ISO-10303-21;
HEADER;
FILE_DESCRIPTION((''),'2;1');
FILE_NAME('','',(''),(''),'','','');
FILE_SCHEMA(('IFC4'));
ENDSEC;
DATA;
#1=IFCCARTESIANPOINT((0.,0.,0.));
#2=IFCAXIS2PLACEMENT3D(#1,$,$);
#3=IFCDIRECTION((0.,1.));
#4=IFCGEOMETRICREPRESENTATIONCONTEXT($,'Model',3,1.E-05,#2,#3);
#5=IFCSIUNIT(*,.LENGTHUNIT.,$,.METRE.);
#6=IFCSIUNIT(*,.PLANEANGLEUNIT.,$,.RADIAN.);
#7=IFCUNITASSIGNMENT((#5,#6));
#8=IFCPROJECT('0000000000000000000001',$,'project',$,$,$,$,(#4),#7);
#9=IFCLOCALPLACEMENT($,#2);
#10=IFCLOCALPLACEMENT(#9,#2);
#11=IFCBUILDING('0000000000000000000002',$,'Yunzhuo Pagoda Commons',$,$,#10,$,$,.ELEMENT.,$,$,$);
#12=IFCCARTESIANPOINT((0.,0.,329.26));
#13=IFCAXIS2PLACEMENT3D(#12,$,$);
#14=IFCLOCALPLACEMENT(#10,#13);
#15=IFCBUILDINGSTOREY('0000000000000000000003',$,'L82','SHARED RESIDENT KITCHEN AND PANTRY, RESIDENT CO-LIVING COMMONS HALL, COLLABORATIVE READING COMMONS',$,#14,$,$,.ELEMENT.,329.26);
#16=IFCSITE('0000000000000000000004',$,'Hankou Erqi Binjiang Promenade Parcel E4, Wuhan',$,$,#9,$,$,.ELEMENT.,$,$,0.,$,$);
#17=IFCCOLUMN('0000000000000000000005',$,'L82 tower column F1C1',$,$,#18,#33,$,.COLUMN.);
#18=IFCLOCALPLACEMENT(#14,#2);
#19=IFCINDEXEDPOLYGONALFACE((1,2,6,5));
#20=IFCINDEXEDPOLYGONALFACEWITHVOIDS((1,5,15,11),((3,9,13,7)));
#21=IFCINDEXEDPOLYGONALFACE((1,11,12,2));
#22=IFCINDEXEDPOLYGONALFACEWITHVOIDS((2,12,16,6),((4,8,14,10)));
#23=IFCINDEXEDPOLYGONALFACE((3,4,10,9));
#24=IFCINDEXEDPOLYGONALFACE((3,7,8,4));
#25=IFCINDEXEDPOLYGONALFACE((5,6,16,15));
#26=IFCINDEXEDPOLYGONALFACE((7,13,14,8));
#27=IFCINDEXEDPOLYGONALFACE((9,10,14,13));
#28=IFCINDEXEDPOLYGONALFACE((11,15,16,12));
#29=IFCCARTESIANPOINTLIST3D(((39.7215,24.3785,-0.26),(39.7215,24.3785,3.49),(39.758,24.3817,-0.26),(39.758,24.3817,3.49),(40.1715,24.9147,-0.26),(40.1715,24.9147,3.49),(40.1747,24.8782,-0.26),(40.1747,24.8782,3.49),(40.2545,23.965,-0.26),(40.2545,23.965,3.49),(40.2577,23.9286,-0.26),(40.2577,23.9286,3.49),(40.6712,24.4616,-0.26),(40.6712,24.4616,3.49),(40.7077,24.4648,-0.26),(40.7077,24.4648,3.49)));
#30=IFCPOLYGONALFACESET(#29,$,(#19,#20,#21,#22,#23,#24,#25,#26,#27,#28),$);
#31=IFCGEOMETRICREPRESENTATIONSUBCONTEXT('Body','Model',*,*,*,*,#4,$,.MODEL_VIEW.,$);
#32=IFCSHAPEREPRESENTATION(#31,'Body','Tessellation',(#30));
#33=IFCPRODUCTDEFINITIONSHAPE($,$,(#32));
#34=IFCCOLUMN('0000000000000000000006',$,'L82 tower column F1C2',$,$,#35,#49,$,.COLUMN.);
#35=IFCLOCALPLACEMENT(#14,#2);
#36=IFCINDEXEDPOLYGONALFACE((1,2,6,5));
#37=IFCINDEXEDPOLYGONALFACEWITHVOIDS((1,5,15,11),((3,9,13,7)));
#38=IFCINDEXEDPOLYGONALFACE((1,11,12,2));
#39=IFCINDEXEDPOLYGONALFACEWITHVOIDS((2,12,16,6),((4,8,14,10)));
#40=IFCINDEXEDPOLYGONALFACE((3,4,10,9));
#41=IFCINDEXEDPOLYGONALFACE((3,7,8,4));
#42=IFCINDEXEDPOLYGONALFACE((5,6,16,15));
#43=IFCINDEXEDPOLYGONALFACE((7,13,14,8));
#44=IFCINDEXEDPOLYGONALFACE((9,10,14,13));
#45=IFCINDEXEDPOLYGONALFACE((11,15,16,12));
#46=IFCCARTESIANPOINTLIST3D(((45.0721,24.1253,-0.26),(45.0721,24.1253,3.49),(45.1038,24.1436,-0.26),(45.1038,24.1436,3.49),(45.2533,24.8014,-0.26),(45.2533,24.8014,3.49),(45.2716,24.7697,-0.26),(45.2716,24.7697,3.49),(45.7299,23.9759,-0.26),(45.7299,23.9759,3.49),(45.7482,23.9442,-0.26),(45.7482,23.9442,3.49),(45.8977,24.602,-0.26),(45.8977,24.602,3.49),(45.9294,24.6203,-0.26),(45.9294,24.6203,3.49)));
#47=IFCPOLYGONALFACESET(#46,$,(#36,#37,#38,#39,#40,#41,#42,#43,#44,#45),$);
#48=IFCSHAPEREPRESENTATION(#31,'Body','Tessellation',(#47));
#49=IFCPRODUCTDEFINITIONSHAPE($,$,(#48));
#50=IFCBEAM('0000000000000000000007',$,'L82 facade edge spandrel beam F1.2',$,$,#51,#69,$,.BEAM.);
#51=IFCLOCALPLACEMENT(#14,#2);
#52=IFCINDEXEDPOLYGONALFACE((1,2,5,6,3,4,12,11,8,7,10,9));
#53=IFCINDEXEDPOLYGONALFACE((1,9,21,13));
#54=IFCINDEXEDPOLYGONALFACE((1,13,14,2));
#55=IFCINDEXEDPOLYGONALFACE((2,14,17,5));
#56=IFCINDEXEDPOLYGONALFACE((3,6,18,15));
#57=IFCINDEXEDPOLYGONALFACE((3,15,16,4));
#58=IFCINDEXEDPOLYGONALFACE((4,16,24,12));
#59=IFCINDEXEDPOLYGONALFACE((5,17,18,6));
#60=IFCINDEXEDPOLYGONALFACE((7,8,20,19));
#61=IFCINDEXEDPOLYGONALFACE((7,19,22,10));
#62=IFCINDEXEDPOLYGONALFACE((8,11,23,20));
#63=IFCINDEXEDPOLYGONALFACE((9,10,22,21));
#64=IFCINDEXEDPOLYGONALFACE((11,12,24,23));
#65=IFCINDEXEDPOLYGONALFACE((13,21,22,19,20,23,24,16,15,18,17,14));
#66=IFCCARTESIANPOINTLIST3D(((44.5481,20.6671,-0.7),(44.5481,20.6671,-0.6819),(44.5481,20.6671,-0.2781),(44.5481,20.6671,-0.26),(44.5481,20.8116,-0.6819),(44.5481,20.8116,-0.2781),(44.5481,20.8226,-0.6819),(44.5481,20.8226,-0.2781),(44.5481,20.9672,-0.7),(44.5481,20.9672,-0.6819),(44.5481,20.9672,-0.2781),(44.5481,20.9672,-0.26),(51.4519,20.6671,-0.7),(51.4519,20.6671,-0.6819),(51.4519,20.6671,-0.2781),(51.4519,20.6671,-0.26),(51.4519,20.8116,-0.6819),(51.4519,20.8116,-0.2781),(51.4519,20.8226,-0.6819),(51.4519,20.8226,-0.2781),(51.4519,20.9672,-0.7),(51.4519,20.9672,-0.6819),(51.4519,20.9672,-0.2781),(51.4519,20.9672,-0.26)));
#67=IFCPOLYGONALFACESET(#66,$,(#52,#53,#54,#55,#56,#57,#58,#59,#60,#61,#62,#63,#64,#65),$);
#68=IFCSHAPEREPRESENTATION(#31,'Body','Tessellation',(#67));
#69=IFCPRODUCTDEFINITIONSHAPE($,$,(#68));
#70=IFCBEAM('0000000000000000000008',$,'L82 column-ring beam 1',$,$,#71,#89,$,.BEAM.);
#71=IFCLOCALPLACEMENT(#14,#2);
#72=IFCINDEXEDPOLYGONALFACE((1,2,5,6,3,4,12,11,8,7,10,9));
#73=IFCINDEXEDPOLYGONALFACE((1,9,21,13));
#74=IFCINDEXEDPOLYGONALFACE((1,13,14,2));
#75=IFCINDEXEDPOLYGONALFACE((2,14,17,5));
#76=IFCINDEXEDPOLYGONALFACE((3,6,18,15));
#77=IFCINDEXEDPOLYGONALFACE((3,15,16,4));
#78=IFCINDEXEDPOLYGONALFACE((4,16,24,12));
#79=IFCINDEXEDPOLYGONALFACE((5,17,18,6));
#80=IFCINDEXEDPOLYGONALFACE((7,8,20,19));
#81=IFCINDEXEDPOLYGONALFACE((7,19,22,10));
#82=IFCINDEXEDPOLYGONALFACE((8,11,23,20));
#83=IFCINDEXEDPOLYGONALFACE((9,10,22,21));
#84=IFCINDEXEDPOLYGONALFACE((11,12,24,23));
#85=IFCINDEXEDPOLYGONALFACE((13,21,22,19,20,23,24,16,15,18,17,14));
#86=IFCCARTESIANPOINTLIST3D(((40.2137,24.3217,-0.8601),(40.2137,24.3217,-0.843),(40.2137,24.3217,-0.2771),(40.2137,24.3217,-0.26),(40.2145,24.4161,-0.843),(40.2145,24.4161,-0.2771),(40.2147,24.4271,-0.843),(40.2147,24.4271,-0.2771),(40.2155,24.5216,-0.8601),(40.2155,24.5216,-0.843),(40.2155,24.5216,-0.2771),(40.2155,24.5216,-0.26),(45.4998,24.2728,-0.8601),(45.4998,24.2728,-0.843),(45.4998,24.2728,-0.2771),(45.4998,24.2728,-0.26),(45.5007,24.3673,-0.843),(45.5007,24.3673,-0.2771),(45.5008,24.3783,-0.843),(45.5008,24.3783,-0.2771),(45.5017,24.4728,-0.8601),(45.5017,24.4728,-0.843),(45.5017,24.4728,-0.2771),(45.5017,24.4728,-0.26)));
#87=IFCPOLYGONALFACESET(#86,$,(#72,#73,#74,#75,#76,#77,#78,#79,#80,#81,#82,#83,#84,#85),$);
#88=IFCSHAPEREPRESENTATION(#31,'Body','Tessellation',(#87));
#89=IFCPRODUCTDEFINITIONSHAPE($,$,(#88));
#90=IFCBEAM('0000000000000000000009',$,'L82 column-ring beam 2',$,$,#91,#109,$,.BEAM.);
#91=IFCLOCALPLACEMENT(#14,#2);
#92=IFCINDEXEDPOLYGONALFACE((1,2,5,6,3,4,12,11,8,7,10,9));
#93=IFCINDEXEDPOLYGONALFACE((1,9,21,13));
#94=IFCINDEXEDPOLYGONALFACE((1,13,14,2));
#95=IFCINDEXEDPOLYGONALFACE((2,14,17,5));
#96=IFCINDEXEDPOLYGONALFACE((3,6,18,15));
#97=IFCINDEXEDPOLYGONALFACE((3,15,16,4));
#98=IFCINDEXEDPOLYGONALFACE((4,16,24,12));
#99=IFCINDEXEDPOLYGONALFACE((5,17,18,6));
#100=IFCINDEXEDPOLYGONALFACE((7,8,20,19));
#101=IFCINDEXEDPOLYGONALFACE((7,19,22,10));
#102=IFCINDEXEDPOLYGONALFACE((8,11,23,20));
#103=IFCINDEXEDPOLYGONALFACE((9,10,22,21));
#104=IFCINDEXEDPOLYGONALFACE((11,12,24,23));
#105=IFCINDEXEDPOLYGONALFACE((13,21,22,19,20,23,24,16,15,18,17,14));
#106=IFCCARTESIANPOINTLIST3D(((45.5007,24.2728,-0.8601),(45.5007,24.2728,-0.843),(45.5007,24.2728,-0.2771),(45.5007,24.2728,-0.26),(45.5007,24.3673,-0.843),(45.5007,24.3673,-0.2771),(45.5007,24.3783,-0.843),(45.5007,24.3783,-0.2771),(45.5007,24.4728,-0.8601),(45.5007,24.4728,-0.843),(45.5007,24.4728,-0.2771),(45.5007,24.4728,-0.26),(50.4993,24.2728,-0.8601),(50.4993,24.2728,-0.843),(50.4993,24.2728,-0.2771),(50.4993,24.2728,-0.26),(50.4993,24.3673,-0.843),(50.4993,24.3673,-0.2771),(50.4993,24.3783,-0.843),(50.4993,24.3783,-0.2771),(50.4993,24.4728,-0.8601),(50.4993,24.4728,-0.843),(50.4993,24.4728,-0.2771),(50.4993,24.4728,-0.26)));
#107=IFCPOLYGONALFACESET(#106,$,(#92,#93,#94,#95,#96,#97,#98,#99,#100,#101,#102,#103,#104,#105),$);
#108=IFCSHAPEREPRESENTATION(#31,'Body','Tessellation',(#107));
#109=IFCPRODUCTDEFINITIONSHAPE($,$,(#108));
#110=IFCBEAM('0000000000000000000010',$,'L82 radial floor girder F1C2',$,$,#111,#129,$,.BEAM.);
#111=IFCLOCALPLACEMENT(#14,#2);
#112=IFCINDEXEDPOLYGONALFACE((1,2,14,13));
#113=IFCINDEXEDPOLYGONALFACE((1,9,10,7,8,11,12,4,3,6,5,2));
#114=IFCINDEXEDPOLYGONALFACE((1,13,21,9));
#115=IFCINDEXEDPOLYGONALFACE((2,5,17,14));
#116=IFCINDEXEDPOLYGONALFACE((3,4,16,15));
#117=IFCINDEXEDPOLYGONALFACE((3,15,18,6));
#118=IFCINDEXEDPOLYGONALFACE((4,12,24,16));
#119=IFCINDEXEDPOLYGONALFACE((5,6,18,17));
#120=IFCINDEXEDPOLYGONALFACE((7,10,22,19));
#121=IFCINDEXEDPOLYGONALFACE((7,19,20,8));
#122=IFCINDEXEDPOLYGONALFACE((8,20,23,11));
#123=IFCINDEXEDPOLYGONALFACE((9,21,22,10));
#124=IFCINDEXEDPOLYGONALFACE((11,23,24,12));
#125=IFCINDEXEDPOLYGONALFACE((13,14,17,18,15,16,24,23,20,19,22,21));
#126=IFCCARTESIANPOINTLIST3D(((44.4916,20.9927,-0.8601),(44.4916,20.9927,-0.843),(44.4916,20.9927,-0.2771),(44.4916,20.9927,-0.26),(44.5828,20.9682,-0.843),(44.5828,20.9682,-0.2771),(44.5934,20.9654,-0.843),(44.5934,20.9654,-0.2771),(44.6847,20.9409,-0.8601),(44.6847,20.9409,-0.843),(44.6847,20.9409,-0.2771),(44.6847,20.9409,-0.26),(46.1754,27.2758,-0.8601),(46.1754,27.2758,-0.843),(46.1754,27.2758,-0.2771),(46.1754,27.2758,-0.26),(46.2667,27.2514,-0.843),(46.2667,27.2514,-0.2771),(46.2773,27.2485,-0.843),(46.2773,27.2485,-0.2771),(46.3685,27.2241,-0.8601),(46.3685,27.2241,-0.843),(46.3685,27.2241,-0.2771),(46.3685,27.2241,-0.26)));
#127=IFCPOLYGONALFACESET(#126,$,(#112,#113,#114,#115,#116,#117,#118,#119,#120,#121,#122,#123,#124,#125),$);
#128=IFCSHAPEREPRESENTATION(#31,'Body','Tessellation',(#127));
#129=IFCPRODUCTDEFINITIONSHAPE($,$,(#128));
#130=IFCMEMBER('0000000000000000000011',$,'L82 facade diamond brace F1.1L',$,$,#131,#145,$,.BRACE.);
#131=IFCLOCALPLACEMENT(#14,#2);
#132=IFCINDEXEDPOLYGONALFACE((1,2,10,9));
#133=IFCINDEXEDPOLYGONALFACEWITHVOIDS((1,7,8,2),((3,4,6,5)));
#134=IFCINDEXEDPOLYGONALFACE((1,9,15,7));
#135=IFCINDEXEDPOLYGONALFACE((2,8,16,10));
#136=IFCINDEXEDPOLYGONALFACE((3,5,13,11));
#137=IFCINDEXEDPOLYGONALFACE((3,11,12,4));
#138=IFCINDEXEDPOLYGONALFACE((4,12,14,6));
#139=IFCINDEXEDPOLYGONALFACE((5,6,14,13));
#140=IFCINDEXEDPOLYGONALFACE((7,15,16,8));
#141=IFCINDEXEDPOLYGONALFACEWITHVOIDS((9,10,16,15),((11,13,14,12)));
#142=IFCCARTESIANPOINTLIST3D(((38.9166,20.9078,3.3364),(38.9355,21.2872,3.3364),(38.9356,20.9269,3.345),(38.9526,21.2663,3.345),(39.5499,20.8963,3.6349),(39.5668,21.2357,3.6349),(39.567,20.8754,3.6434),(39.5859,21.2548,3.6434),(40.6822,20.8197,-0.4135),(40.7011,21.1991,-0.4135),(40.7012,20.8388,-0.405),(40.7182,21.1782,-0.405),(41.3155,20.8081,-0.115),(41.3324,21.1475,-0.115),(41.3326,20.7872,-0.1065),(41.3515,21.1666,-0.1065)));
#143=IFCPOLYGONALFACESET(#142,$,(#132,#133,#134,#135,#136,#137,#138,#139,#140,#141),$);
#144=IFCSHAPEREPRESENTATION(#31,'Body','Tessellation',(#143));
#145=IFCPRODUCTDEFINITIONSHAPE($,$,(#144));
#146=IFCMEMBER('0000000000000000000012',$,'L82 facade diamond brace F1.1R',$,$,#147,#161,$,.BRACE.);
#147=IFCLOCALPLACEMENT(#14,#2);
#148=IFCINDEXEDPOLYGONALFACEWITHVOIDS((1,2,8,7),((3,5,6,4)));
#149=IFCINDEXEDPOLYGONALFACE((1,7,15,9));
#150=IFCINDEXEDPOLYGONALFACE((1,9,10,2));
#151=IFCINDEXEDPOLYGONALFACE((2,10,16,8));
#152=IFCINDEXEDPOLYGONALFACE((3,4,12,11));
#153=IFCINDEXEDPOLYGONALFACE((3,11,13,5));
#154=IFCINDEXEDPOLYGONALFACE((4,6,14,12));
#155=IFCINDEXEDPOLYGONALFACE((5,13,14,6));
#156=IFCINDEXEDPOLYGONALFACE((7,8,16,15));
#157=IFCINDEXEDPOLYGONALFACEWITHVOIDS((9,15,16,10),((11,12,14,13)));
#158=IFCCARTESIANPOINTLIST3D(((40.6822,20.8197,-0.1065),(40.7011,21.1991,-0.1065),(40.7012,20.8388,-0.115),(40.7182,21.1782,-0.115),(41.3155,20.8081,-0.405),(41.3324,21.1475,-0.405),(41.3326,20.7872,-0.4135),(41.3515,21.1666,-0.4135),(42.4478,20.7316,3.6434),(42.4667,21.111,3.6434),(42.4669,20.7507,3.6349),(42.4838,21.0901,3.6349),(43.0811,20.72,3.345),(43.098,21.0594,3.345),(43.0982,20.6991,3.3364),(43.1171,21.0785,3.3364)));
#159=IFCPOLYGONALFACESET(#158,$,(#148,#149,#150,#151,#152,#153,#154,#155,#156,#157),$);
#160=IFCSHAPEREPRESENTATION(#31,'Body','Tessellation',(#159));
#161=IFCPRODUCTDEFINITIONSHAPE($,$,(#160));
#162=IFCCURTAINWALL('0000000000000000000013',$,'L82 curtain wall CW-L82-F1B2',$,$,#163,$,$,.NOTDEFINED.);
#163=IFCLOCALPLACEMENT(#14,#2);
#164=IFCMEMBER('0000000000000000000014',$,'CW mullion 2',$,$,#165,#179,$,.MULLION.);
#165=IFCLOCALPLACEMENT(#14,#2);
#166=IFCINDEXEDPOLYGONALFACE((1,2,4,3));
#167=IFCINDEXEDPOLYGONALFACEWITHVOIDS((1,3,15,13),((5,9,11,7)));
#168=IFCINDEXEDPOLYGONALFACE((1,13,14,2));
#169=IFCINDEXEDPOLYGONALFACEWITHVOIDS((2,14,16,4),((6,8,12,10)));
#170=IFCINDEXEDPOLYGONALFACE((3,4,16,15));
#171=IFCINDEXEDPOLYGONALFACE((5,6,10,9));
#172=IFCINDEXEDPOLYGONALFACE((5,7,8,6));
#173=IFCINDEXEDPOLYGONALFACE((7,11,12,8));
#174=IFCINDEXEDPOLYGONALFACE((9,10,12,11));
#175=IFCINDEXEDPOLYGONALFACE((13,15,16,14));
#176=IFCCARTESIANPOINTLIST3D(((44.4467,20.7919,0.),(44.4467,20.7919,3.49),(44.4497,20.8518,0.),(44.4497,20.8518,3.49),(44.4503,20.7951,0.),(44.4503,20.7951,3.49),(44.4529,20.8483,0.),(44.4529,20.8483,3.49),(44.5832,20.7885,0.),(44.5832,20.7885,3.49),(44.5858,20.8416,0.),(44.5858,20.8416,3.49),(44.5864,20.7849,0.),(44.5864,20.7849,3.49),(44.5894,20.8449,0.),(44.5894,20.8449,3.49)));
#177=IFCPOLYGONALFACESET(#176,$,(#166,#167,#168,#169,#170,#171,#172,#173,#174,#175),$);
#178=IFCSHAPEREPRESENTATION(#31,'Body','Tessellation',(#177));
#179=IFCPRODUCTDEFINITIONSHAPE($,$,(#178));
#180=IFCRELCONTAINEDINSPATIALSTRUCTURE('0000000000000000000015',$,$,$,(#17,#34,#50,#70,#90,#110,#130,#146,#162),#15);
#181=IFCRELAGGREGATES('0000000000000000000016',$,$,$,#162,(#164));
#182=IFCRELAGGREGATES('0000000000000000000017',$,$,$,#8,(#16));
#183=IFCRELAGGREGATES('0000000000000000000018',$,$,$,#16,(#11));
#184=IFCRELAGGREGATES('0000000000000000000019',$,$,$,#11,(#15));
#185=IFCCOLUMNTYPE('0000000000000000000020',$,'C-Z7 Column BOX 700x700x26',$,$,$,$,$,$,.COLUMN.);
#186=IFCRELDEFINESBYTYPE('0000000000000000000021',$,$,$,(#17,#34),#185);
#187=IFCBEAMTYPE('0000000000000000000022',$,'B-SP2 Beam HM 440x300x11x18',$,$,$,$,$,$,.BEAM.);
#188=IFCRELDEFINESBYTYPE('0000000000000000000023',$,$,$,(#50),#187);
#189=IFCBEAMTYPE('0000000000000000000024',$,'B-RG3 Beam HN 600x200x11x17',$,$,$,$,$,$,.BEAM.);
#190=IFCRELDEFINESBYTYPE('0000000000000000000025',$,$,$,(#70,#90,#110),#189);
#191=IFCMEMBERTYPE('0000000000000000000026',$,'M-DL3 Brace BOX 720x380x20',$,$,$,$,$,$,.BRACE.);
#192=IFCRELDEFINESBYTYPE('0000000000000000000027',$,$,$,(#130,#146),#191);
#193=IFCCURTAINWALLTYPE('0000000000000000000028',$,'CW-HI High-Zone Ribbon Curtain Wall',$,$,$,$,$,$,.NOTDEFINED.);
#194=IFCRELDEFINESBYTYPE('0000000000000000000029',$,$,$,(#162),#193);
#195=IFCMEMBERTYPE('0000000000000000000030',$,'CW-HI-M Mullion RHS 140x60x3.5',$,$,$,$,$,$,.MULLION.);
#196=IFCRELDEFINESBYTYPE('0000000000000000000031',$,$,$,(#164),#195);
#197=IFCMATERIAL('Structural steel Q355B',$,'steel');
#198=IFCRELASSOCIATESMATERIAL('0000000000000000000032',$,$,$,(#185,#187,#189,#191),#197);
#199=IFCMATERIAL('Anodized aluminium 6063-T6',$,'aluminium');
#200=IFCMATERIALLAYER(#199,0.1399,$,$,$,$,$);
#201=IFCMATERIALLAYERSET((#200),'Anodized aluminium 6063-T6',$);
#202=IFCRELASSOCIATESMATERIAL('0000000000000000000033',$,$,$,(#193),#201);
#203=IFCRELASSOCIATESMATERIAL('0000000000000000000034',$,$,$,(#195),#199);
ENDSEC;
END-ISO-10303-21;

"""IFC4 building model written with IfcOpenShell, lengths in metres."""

from ifc_helpers import new_model, si_unit, direction, frame, origin, origin_2d, place, context, subcontext, project, spatial, hollow_rectangle, i_section, extrude, source, transform, mapped, material, layer, layer_set, material_profile, profile_set, type_object, element, aggregate, save


model = new_model("IFC4")

# Units and contexts
model_context = context("Model", 3, precision=1e-05, world=origin(), true_north=direction((0.0, 1.0)))
body_context = subcontext(model_context, "Body", "Model", "MODEL_VIEW")
ifc_project = project(units=[si_unit("LENGTHUNIT", "METRE"), si_unit("PLANEANGLEUNIT", "RADIAN")], contexts=[model_context])

# Site, building, storey
site_placement = place(None, origin())
site = spatial("IfcSite", under=ifc_project, at=site_placement, Name="Hankou Erqi Binjiang Promenade Parcel E4, Wuhan", CompositionType="ELEMENT", RefElevation=0.0)
building_placement = place(site_placement, origin())
building = spatial("IfcBuilding", under=site, at=building_placement, Name="Yunzhuo Pagoda Commons", CompositionType="ELEMENT")
storey_placement = place(building_placement, frame((0.0, 0.0, 329.26)))
storey = spatial("IfcBuildingStorey", under=building, at=storey_placement, Name="L82", Description="SHARED RESIDENT KITCHEN AND PANTRY, RESIDENT CO-LIVING COMMONS HALL, COLLABORATIVE READING COMMONS", CompositionType="ELEMENT", Elevation=329.26)

# Columns
ifc_material_1 = material(Name="Structural steel Q355B", Category="steel")
ifc_material_profile_1 = material_profile(ifc_material_1, hollow_rectangle(XDim=0.7, YDim=0.7, WallThickness=0.0259, at=origin_2d()), Name="Structural steel Q355B")
ifc_profile_set_1 = profile_set([ifc_material_profile_1], Name="Structural steel Q355B")
column_type = type_object("IfcColumnType", Name="C-Z7 Column BOX 700x700x26", PredefinedType="COLUMN", material=ifc_profile_set_1)
shared_shape_1 = source(origin(), body_context, "Body", "SweptSolid", [
    extrude(hollow_rectangle(XDim=0.7, YDim=0.7, WallThickness=0.0259, at=origin_2d()), origin(), (0.0, 0.0, 1.0), 3.75),
])
for number, where, z_axis, x_axis, name in (
    (1, (40.2146, 24.4216, -0.26), (0.0, 0.0, 1.0), (0.766044, -0.642788, 0.0), "L82 tower column F1C1"),
    (2, (45.5007, 24.3728, -0.26), (0.0, 0.0, 1.0), (0.965926, -0.258819, 0.0), "L82 tower column F1C2"),
):
    element("IfcColumn", number, at=place(storey_placement, frame(where, z_axis=z_axis, x_axis=x_axis)), inside=storey, type_object=column_type, Name=name, PredefinedType="COLUMN", context=body_context, shape_type="MappedRepresentation", body=[
        mapped(shared_shape_1, transform((0.0, 0.0, 0.0), scale=1.0)),
    ])

# Beams
ifc_material_profile_2 = material_profile(ifc_material_1, i_section(OverallWidth=0.3, OverallDepth=0.4399, WebThickness=0.011, FlangeThickness=0.0181, at=origin_2d()), Name="Structural steel Q355B")
ifc_profile_set_2 = profile_set([ifc_material_profile_2], Name="Structural steel Q355B")
beam_type_1 = type_object("IfcBeamType", Name="B-SP2 Beam HM 440x300x11x18", PredefinedType="BEAM", material=ifc_profile_set_2)
shared_shape_2 = source(origin(), body_context, "Body", "SweptSolid", [
    extrude(i_section(OverallWidth=0.3, OverallDepth=0.4399, WebThickness=0.011, FlangeThickness=0.0181, at=origin_2d()), origin(), (0.0, 0.0, 1.0), 6.9038),
])
beam_1_placement = place(storey_placement, frame((44.5481, 20.8171, -0.48), z_axis=(1.0, 0.0, 0.0), x_axis=(0.0, 1.0, 0.0)))
element("IfcBeam", 3, at=beam_1_placement, inside=storey, type_object=beam_type_1, Name="L82 facade edge spandrel beam F1.2", PredefinedType="BEAM", context=body_context, shape_type="MappedRepresentation", body=[
    mapped(shared_shape_2, transform((0.0, 0.0, 0.0), scale=1.0)),
])
ifc_material_profile_3 = material_profile(ifc_material_1, i_section(OverallWidth=0.2, OverallDepth=0.6001, WebThickness=0.011, FlangeThickness=0.0171, at=origin_2d()), Name="Structural steel Q355B")
ifc_profile_set_3 = profile_set([ifc_material_profile_3], Name="Structural steel Q355B")
beam_type_2 = type_object("IfcBeamType", Name="B-RG3 Beam HN 600x200x11x17", PredefinedType="BEAM", material=ifc_profile_set_3)
shared_shape_3 = source(origin(), body_context, "Body", "SweptSolid", [
    extrude(i_section(OverallWidth=0.2, OverallDepth=0.6001, WebThickness=0.011, FlangeThickness=0.0171, at=origin_2d()), origin(), (0.0, 0.0, 1.0), 5.2864),
])
beam_2_placement = place(storey_placement, frame((40.2146, 24.4216, -0.5601), z_axis=(0.999957, -0.009237, 0.0), x_axis=(0.009237, 0.999957, 0.0)))
element("IfcBeam", 4, at=beam_2_placement, inside=storey, type_object=beam_type_2, Name="L82 column-ring beam 1", PredefinedType="BEAM", context=body_context, shape_type="MappedRepresentation", body=[
    mapped(shared_shape_3, transform((0.0, 0.0, 0.0), scale=1.0)),
])
shared_shape_4 = source(origin(), body_context, "Body", "SweptSolid", [
    extrude(i_section(OverallWidth=0.2, OverallDepth=0.6001, WebThickness=0.011, FlangeThickness=0.0171, at=origin_2d()), origin(), (0.0, 0.0, 1.0), 4.9985),
])
beam_3_placement = place(storey_placement, frame((45.5007, 24.3728, -0.5601), z_axis=(1.0, 0.0, 0.0), x_axis=(0.0, 1.0, 0.0)))
element("IfcBeam", 5, at=beam_3_placement, inside=storey, type_object=beam_type_2, Name="L82 column-ring beam 2", PredefinedType="BEAM", context=body_context, shape_type="MappedRepresentation", body=[
    mapped(shared_shape_4, transform((0.0, 0.0, 0.0), scale=1.0)),
])
shared_shape_5 = source(origin(), body_context, "Body", "SweptSolid", [
    extrude(i_section(OverallWidth=0.2, OverallDepth=0.6001, WebThickness=0.011, FlangeThickness=0.0171, at=origin_2d()), origin(), (0.0, 0.0, 1.0), 6.5049),
])
beam_4_placement = place(storey_placement, frame((44.5881, 20.9668, -0.5601), z_axis=(0.258856, 0.965916, 0.0), x_axis=(-0.965916, 0.258856, 0.0)))
element("IfcBeam", 6, at=beam_4_placement, inside=storey, type_object=beam_type_2, Name="L82 radial floor girder F1C2", PredefinedType="BEAM", context=body_context, shape_type="MappedRepresentation", body=[
    mapped(shared_shape_5, transform((0.0, 0.0, 0.0), scale=1.0)),
])

# Members
ifc_material_profile_4 = material_profile(ifc_material_1, hollow_rectangle(XDim=0.3799, YDim=0.72, WallThickness=0.02, at=origin_2d()), Name="Structural steel Q355B")
ifc_profile_set_4 = profile_set([ifc_material_profile_4], Name="Structural steel Q355B")
member_type_1 = type_object("IfcMemberType", Name="M-DL3 Brace BOX 720x380x20", PredefinedType="BRACE", material=ifc_profile_set_4)
shared_shape_6 = source(origin(), body_context, "Body", "SweptSolid", [
    extrude(hollow_rectangle(XDim=0.3799, YDim=0.72, WallThickness=0.02, at=origin_2d()), origin(), (0.0, 0.0, 1.0), 4.1458),
])
for number, where, z_axis, x_axis, name in (
    (7, (41.0168, 20.9932, -0.26), (-0.425882, 0.021259, 0.904529), (-0.049855, -0.998756, 0.0), "L82 facade diamond brace F1.1L"),
    (8, (41.0168, 20.9932, -0.26), (0.425882, -0.021259, 0.904529), (0.049855, 0.998756, 0.0), "L82 facade diamond brace F1.1R"),
):
    element("IfcMember", number, at=place(storey_placement, frame(where, z_axis=z_axis, x_axis=x_axis)), inside=storey, type_object=member_type_1, Name=name, PredefinedType="BRACE", context=body_context, shape_type="MappedRepresentation", body=[
        mapped(shared_shape_6, transform((0.0, 0.0, 0.0), scale=1.0)),
    ])

# Curtain wall, member
ifc_material_2 = material(Name="Anodized aluminium 6063-T6", Category="aluminium")
ifc_layer_1 = layer(ifc_material_2, 0.1399)
ifc_layer_set_1 = layer_set([ifc_layer_1], Name="Anodized aluminium 6063-T6")
curtain_wall_type = type_object("IfcCurtainWallType", Name="CW-HI High-Zone Ribbon Curtain Wall", PredefinedType="NOTDEFINED", material=ifc_layer_set_1)
curtain_wall_1_placement = place(storey_placement, origin())
curtain_wall_1 = element("IfcCurtainWall", 9, at=curtain_wall_1_placement, inside=storey, type_object=curtain_wall_type, Name="L82 curtain wall CW-L82-F1B2", PredefinedType="NOTDEFINED")
ifc_material_profile_5 = material_profile(ifc_material_2, hollow_rectangle(XDim=0.0601, YDim=0.1399, WallThickness=0.0034, at=origin_2d()), Name="Anodized aluminium 6063-T6")
ifc_profile_set_5 = profile_set([ifc_material_profile_5], Name="Anodized aluminium 6063-T6")
member_type_2 = type_object("IfcMemberType", Name="CW-HI-M Mullion RHS 140x60x3.5", PredefinedType="MULLION", material=ifc_profile_set_5)
shared_shape_7 = source(origin(), body_context, "Body", "SweptSolid", [
    extrude(hollow_rectangle(XDim=0.0601, YDim=0.1399, WallThickness=0.0034, at=origin_2d()), origin(), (0.0, 0.0, 1.0), 3.49),
])
member_1_placement = place(storey_placement, frame((44.5181, 20.8184, 0.0), z_axis=(0.0, 0.0, 1.0), x_axis=(0.04985, 0.998757, 0.0)))
member_1 = element("IfcMember", 10, at=member_1_placement, type_object=member_type_2, Name="CW mullion 2", PredefinedType="MULLION", context=body_context, shape_type="MappedRepresentation", body=[
    mapped(shared_shape_7, transform((0.0, 0.0, 0.0), scale=1.0)),
])

aggregate(curtain_wall_1, [member_1])

save(model, "model.ifc")
